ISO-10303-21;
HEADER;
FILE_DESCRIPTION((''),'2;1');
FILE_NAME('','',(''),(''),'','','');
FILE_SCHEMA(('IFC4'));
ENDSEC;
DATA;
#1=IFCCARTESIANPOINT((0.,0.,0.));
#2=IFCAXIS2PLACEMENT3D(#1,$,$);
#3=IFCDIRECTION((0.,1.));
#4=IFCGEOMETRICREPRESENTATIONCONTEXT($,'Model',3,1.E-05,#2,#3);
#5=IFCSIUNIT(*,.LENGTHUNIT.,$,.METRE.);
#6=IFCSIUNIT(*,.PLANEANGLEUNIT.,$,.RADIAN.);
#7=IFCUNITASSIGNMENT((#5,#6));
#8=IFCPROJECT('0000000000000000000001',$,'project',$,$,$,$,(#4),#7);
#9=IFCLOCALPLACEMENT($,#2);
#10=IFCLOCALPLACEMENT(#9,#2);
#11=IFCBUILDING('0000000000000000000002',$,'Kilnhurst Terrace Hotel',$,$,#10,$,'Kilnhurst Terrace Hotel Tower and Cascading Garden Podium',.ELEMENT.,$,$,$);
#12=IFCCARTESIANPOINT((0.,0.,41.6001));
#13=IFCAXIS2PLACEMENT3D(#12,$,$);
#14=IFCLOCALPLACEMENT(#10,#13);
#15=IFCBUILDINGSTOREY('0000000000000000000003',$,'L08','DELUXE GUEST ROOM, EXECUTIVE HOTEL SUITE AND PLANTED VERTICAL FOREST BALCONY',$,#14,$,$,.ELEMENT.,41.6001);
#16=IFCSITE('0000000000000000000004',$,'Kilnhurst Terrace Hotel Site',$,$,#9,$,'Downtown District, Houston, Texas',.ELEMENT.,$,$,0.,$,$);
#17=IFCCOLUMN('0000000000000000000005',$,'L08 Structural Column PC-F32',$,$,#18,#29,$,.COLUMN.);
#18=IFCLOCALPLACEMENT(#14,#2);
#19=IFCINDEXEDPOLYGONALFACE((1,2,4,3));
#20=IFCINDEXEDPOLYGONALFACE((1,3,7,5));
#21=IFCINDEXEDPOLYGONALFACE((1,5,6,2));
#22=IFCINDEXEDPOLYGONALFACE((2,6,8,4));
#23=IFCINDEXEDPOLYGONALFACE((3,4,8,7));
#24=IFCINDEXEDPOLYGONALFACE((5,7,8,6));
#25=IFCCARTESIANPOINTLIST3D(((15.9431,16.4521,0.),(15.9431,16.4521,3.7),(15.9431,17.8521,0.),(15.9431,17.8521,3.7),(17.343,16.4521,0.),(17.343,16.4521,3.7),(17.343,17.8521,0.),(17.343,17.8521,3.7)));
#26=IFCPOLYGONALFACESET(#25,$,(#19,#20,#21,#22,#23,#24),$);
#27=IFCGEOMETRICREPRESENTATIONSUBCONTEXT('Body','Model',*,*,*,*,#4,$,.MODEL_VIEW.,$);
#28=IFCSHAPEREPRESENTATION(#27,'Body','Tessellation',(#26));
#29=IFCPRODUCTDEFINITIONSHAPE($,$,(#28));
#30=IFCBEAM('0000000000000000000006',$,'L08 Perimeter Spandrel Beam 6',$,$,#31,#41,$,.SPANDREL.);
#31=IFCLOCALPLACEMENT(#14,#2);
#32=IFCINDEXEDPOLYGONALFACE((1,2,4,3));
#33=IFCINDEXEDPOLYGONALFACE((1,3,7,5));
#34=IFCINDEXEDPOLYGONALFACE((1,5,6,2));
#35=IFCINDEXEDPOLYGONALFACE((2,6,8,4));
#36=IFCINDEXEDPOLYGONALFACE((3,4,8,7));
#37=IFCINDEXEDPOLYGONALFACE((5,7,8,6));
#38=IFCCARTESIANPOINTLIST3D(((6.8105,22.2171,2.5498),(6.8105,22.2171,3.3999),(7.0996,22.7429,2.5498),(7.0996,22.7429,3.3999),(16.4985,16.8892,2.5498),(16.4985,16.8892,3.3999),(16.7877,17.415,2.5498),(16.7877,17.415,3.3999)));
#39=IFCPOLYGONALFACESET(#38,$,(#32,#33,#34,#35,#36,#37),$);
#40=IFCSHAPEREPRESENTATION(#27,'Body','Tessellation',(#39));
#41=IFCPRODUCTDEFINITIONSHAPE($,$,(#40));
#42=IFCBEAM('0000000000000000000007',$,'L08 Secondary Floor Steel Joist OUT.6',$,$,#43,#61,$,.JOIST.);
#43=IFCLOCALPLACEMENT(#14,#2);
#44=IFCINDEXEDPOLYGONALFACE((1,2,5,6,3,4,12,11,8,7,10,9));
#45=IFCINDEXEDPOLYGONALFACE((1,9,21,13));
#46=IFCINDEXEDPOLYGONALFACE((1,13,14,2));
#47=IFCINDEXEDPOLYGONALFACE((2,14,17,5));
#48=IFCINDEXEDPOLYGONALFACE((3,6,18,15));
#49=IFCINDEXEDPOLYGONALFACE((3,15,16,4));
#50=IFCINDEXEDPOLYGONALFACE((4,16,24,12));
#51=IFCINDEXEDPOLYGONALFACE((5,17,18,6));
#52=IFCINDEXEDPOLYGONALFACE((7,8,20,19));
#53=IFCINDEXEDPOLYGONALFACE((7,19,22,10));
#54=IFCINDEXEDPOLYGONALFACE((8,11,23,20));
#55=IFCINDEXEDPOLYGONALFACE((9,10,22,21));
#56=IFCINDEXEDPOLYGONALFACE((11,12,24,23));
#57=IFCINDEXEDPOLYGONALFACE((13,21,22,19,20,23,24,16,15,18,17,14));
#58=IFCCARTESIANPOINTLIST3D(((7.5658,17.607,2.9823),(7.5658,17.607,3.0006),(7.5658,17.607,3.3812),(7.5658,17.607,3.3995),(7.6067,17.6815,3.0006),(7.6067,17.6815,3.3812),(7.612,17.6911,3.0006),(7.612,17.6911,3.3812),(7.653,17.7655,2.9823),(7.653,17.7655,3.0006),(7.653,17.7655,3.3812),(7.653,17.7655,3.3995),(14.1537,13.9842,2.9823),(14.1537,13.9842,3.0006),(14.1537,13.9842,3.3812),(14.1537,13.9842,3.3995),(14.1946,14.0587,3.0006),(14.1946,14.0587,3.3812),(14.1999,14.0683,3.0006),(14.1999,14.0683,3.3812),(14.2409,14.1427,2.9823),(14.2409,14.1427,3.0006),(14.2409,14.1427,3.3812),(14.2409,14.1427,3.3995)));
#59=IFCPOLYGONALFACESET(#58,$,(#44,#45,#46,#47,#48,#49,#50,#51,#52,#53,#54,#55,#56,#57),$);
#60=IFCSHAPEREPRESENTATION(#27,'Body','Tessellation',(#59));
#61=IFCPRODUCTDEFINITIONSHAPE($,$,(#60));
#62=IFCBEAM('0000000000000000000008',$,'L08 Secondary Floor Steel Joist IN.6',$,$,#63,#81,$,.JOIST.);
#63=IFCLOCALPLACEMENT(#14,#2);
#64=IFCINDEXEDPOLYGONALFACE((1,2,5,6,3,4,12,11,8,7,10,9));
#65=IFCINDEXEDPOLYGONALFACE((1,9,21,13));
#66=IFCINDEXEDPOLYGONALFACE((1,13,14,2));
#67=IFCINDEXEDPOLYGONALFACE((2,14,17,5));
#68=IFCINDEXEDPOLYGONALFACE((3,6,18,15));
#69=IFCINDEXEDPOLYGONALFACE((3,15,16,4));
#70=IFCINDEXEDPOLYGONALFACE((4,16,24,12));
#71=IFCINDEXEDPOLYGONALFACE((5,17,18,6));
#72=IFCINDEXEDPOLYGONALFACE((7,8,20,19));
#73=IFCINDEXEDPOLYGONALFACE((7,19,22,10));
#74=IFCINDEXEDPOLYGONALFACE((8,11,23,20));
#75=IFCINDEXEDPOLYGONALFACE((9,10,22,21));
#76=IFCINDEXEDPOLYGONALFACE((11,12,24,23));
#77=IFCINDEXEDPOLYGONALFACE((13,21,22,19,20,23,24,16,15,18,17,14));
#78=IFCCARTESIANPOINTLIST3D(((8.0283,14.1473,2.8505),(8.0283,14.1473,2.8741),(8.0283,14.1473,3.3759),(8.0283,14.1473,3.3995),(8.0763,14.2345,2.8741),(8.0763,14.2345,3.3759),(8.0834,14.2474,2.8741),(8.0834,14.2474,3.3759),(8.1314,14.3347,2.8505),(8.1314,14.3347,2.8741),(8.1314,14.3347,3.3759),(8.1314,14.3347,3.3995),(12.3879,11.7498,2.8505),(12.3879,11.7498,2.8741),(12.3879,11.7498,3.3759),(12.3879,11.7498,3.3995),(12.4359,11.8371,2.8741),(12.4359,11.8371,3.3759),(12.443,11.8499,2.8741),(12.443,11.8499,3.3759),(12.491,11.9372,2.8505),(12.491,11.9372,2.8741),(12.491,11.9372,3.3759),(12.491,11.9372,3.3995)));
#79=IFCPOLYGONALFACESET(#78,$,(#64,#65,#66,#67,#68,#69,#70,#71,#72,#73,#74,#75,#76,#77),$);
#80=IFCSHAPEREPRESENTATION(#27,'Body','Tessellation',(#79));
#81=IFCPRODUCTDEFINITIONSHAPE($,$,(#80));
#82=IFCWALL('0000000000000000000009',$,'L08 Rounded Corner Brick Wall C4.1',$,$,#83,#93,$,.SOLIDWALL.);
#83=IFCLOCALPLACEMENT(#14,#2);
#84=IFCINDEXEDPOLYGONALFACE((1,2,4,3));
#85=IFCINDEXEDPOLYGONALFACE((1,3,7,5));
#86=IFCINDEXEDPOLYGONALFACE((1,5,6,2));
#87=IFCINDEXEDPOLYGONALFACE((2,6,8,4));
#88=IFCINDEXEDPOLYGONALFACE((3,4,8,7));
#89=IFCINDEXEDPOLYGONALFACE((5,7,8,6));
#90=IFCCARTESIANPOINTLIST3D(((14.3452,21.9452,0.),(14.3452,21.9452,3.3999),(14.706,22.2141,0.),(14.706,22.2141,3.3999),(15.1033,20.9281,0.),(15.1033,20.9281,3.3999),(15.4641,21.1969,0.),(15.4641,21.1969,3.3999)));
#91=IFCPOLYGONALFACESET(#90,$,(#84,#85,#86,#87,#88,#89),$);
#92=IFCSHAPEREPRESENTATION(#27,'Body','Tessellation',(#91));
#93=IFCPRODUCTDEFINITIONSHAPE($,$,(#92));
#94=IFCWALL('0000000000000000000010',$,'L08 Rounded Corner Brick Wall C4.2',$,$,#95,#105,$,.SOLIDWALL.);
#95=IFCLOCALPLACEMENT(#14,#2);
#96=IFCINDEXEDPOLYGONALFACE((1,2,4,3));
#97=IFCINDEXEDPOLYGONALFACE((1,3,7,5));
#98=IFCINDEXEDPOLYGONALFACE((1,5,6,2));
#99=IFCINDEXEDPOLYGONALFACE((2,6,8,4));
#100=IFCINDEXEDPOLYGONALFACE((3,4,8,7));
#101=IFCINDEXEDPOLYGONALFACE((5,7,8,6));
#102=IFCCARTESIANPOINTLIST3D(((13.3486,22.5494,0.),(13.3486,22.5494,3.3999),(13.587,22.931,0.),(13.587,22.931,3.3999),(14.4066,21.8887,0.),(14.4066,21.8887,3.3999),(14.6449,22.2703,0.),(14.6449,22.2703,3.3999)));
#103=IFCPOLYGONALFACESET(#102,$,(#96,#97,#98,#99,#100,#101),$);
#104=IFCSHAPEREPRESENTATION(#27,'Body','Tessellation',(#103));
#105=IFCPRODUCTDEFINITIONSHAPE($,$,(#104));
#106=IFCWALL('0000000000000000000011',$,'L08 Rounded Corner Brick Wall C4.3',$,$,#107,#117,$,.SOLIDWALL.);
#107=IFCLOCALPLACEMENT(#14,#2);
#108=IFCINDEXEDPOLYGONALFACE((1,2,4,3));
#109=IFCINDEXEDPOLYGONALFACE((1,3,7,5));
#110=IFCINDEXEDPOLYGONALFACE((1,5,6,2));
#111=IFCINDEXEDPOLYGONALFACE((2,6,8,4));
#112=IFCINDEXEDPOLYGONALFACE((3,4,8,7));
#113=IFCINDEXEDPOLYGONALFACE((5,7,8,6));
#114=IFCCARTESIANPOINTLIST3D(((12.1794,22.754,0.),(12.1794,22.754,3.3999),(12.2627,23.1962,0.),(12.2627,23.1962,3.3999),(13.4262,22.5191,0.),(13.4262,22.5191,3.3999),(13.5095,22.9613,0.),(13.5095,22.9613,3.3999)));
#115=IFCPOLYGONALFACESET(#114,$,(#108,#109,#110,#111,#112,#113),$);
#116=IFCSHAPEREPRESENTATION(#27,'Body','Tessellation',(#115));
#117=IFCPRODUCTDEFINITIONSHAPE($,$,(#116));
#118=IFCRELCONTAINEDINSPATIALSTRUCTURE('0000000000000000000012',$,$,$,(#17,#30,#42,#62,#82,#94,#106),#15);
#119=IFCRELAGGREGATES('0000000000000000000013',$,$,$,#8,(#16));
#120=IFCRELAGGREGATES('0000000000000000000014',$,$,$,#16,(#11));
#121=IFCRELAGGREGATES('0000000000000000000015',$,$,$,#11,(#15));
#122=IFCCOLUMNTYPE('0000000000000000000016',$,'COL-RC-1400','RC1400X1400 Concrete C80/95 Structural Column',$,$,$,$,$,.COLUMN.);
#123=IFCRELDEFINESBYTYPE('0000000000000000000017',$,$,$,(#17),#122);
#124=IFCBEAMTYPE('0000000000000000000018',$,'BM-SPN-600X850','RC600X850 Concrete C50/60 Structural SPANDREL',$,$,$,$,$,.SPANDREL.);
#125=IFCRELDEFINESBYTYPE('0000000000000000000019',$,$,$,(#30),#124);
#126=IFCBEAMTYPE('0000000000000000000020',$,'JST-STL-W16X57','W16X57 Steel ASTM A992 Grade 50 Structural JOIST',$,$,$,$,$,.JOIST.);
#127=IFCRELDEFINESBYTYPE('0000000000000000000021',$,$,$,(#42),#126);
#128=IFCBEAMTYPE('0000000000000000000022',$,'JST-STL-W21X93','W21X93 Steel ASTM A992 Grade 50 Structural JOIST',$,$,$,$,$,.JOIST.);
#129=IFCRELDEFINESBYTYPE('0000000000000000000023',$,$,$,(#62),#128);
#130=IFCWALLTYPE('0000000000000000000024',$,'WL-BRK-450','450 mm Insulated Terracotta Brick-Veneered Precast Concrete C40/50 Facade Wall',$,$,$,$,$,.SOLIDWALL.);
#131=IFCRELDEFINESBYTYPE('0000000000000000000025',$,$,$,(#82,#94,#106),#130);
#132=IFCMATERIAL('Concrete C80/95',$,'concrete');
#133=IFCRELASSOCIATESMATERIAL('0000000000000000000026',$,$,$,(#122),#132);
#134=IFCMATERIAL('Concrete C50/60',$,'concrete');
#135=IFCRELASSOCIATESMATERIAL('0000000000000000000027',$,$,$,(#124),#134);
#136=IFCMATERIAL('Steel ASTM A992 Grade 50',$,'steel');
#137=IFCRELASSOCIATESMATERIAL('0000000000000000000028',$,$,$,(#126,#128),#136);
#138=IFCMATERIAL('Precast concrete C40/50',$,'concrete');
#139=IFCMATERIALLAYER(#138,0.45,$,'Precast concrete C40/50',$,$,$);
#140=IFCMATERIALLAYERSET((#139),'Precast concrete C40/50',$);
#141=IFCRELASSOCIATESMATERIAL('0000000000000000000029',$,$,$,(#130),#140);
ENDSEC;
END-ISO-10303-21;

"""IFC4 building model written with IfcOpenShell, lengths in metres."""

from ifc_helpers import new_model, si_unit, direction, frame, frame_2d, origin, origin_2d, place, context, subcontext, project, spatial, rectangle, i_section, extrude, material, layer, layer_set, material_profile, profile_set, type_object, element, save


model = new_model("IFC4")

# Units and contexts
model_context = context("Model", 3, precision=1e-05, world=origin(), true_north=direction((0.0, 1.0)))
body_context = subcontext(model_context, "Body", "Model", "MODEL_VIEW")
ifc_project = project(units=[si_unit("LENGTHUNIT", "METRE"), si_unit("PLANEANGLEUNIT", "RADIAN")], contexts=[model_context])

# Site, building, storey
site_placement = place(None, origin())
site = spatial("IfcSite", under=ifc_project, at=site_placement, Name="Kilnhurst Terrace Hotel Site", LongName="Downtown District, Houston, Texas", CompositionType="ELEMENT", RefElevation=0.0)
building_placement = place(site_placement, origin())
building = spatial("IfcBuilding", under=site, at=building_placement, Name="Kilnhurst Terrace Hotel", LongName="Kilnhurst Terrace Hotel Tower and Cascading Garden Podium", CompositionType="ELEMENT")
storey_placement = place(building_placement, frame((0.0, 0.0, 41.6001)))
storey = spatial("IfcBuildingStorey", under=building, at=storey_placement, Name="L08", Description="DELUXE GUEST ROOM, EXECUTIVE HOTEL SUITE AND PLANTED VERTICAL FOREST BALCONY", CompositionType="ELEMENT", Elevation=41.6001)

# Column
ifc_material_1 = material(Name="Concrete C80/95", Category="concrete")
ifc_material_profile_1 = material_profile(ifc_material_1, rectangle(XDim=1.3999, YDim=1.3999, at=origin_2d()), Name="RC1400X1400")
ifc_profile_set_1 = profile_set([ifc_material_profile_1], Name="Concrete C80/95")
column_type = type_object("IfcColumnType", Name="COL-RC-1400", Description="RC1400X1400 Concrete C80/95 Structural Column", PredefinedType="COLUMN", material=ifc_profile_set_1)
column_placement = place(storey_placement, frame((16.6431, 17.1521, 0.0), z_axis=(0.0, 0.0, 1.0), x_axis=(1.0, 0.0, 0.0)))
element("IfcColumn", 1, at=column_placement, inside=storey, type_object=column_type, Name="L08 Structural Column PC-F32", PredefinedType="COLUMN", context=body_context, shape_type="SweptSolid", body=[
    extrude(rectangle(XDim=1.3999, YDim=1.3999, at=origin_2d()), origin(), (0.0, 0.0, 1.0), 3.7),
])

# Beams
ifc_material_2 = material(Name="Concrete C50/60", Category="concrete")
ifc_material_profile_2 = material_profile(ifc_material_2, rectangle(XDim=0.6001, YDim=0.8501, at=origin_2d()), Name="RC600X850")
ifc_profile_set_2 = profile_set([ifc_material_profile_2], Name="Concrete C50/60")
beam_type_1 = type_object("IfcBeamType", Name="BM-SPN-600X850", Description="RC600X850 Concrete C50/60 Structural SPANDREL", PredefinedType="SPANDREL", material=ifc_profile_set_2)
beam_1_placement = place(storey_placement, frame((16.6431, 17.1521, 2.9749), z_axis=(-0.876235, 0.481883, 0.0), x_axis=(-0.481883, -0.876235, 0.0)))
element("IfcBeam", 2, at=beam_1_placement, inside=storey, type_object=beam_type_1, Name="L08 Perimeter Spandrel Beam 6", PredefinedType="SPANDREL", context=body_context, shape_type="SweptSolid", body=[
    extrude(rectangle(XDim=0.6001, YDim=0.8501, at=origin_2d()), origin(), (0.0, 0.0, 1.0), 11.0564),
])
ifc_material_3 = material(Name="Steel ASTM A992 Grade 50", Category="steel")
ifc_material_profile_3 = material_profile(ifc_material_3, i_section(OverallWidth=0.1809, OverallDepth=0.4172, WebThickness=0.011, FlangeThickness=0.0183, at=origin_2d()), Name="W16X57")
ifc_profile_set_3 = profile_set([ifc_material_profile_3], Name="Steel ASTM A992 Grade 50")
beam_type_2 = type_object("IfcBeamType", Name="JST-STL-W16X57", Description="W16X57 Steel ASTM A992 Grade 50 Structural JOIST", PredefinedType="JOIST", material=ifc_profile_set_3)
beam_2_placement = place(storey_placement, frame((14.1973, 14.0635, 3.1909), z_axis=(-0.876246, 0.481864, 0.0), x_axis=(-0.481864, -0.876246, 0.0)))
element("IfcBeam", 3, at=beam_2_placement, inside=storey, type_object=beam_type_2, Name="L08 Secondary Floor Steel Joist OUT.6", PredefinedType="JOIST", context=body_context, shape_type="SweptSolid", body=[
    extrude(i_section(OverallWidth=0.1809, OverallDepth=0.4172, WebThickness=0.011, FlangeThickness=0.0183, at=origin_2d()), origin(), (0.0, 0.0, 1.0), 7.5183),
])
ifc_material_profile_4 = material_profile(ifc_material_3, i_section(OverallWidth=0.2139, OverallDepth=0.5491, WebThickness=0.0146, FlangeThickness=0.0237, at=origin_2d()), Name="W21X93")
ifc_profile_set_4 = profile_set([ifc_material_profile_4], Name="Steel ASTM A992 Grade 50")
beam_type_3 = type_object("IfcBeamType", Name="JST-STL-W21X93", Description="W21X93 Steel ASTM A992 Grade 50 Structural JOIST", PredefinedType="JOIST", material=ifc_profile_set_4)
beam_3_placement = place(storey_placement, frame((12.4395, 11.8435, 3.125), z_axis=(-0.876244, 0.481868, 0.0), x_axis=(-0.481868, -0.876244, 0.0)))
element("IfcBeam", 4, at=beam_3_placement, inside=storey, type_object=beam_type_3, Name="L08 Secondary Floor Steel Joist IN.6", PredefinedType="JOIST", context=body_context, shape_type="SweptSolid", body=[
    extrude(i_section(OverallWidth=0.2139, OverallDepth=0.5491, WebThickness=0.0146, FlangeThickness=0.0237, at=origin_2d()), origin(), (0.0, 0.0, 1.0), 4.9753),
])

# Walls
ifc_material_4 = material(Name="Precast concrete C40/50", Category="concrete")
ifc_layer_1 = layer(ifc_material_4, 0.45, Name="Precast concrete C40/50")
ifc_layer_set_1 = layer_set([ifc_layer_1], Name="Precast concrete C40/50")
wall_type_1 = type_object("IfcWallType", Name="WL-BRK-450", Description="450 mm Insulated Terracotta Brick-Veneered Precast Concrete C40/50 Facade Wall", PredefinedType="SOLIDWALL", material=ifc_layer_set_1)
wall_1_placement = place(storey_placement, frame((15.2837, 21.0625, 0.0), z_axis=(0.0, 0.0, 1.0), x_axis=(-0.597595, 0.801798, 0.0)))
element("IfcWall", 5, at=wall_1_placement, inside=storey, type_object=wall_type_1, Name="L08 Rounded Corner Brick Wall C4.1", PredefinedType="SOLIDWALL", context=body_context, shape_type="SweptSolid", body=[
    extrude(rectangle(XDim=1.2686, YDim=0.45, at=frame_2d((0.6343, 0.0))), origin(), (0.0, 0.0, 1.0), 3.3999),
])
wall_2_placement = place(storey_placement, frame((14.5256, 22.0796, 0.0), z_axis=(0.0, 0.0, 1.0), x_axis=(-0.848185, 0.5297, 0.0)))
element("IfcWall", 6, at=wall_2_placement, inside=storey, type_object=wall_type_1, Name="L08 Rounded Corner Brick Wall C4.2", PredefinedType="SOLIDWALL", context=body_context, shape_type="SweptSolid", body=[
    extrude(rectangle(XDim=1.2473, YDim=0.45, at=frame_2d((0.6235, 0.0))), origin(), (0.0, 0.0, 1.0), 3.3999),
])
wall_3_placement = place(storey_placement, frame((13.4678, 22.7402, 0.0), z_axis=(0.0, 0.0, 1.0), x_axis=(-0.982717, 0.185113, 0.0)))
element("IfcWall", 7, at=wall_3_placement, inside=storey, type_object=wall_type_1, Name="L08 Rounded Corner Brick Wall C4.3", PredefinedType="SOLIDWALL", context=body_context, shape_type="SweptSolid", body=[
    extrude(rectangle(XDim=1.2688, YDim=0.45, at=frame_2d((0.6343, 0.0))), origin(), (0.0, 0.0, 1.0), 3.3999),
])

save(model, "model.ifc")
